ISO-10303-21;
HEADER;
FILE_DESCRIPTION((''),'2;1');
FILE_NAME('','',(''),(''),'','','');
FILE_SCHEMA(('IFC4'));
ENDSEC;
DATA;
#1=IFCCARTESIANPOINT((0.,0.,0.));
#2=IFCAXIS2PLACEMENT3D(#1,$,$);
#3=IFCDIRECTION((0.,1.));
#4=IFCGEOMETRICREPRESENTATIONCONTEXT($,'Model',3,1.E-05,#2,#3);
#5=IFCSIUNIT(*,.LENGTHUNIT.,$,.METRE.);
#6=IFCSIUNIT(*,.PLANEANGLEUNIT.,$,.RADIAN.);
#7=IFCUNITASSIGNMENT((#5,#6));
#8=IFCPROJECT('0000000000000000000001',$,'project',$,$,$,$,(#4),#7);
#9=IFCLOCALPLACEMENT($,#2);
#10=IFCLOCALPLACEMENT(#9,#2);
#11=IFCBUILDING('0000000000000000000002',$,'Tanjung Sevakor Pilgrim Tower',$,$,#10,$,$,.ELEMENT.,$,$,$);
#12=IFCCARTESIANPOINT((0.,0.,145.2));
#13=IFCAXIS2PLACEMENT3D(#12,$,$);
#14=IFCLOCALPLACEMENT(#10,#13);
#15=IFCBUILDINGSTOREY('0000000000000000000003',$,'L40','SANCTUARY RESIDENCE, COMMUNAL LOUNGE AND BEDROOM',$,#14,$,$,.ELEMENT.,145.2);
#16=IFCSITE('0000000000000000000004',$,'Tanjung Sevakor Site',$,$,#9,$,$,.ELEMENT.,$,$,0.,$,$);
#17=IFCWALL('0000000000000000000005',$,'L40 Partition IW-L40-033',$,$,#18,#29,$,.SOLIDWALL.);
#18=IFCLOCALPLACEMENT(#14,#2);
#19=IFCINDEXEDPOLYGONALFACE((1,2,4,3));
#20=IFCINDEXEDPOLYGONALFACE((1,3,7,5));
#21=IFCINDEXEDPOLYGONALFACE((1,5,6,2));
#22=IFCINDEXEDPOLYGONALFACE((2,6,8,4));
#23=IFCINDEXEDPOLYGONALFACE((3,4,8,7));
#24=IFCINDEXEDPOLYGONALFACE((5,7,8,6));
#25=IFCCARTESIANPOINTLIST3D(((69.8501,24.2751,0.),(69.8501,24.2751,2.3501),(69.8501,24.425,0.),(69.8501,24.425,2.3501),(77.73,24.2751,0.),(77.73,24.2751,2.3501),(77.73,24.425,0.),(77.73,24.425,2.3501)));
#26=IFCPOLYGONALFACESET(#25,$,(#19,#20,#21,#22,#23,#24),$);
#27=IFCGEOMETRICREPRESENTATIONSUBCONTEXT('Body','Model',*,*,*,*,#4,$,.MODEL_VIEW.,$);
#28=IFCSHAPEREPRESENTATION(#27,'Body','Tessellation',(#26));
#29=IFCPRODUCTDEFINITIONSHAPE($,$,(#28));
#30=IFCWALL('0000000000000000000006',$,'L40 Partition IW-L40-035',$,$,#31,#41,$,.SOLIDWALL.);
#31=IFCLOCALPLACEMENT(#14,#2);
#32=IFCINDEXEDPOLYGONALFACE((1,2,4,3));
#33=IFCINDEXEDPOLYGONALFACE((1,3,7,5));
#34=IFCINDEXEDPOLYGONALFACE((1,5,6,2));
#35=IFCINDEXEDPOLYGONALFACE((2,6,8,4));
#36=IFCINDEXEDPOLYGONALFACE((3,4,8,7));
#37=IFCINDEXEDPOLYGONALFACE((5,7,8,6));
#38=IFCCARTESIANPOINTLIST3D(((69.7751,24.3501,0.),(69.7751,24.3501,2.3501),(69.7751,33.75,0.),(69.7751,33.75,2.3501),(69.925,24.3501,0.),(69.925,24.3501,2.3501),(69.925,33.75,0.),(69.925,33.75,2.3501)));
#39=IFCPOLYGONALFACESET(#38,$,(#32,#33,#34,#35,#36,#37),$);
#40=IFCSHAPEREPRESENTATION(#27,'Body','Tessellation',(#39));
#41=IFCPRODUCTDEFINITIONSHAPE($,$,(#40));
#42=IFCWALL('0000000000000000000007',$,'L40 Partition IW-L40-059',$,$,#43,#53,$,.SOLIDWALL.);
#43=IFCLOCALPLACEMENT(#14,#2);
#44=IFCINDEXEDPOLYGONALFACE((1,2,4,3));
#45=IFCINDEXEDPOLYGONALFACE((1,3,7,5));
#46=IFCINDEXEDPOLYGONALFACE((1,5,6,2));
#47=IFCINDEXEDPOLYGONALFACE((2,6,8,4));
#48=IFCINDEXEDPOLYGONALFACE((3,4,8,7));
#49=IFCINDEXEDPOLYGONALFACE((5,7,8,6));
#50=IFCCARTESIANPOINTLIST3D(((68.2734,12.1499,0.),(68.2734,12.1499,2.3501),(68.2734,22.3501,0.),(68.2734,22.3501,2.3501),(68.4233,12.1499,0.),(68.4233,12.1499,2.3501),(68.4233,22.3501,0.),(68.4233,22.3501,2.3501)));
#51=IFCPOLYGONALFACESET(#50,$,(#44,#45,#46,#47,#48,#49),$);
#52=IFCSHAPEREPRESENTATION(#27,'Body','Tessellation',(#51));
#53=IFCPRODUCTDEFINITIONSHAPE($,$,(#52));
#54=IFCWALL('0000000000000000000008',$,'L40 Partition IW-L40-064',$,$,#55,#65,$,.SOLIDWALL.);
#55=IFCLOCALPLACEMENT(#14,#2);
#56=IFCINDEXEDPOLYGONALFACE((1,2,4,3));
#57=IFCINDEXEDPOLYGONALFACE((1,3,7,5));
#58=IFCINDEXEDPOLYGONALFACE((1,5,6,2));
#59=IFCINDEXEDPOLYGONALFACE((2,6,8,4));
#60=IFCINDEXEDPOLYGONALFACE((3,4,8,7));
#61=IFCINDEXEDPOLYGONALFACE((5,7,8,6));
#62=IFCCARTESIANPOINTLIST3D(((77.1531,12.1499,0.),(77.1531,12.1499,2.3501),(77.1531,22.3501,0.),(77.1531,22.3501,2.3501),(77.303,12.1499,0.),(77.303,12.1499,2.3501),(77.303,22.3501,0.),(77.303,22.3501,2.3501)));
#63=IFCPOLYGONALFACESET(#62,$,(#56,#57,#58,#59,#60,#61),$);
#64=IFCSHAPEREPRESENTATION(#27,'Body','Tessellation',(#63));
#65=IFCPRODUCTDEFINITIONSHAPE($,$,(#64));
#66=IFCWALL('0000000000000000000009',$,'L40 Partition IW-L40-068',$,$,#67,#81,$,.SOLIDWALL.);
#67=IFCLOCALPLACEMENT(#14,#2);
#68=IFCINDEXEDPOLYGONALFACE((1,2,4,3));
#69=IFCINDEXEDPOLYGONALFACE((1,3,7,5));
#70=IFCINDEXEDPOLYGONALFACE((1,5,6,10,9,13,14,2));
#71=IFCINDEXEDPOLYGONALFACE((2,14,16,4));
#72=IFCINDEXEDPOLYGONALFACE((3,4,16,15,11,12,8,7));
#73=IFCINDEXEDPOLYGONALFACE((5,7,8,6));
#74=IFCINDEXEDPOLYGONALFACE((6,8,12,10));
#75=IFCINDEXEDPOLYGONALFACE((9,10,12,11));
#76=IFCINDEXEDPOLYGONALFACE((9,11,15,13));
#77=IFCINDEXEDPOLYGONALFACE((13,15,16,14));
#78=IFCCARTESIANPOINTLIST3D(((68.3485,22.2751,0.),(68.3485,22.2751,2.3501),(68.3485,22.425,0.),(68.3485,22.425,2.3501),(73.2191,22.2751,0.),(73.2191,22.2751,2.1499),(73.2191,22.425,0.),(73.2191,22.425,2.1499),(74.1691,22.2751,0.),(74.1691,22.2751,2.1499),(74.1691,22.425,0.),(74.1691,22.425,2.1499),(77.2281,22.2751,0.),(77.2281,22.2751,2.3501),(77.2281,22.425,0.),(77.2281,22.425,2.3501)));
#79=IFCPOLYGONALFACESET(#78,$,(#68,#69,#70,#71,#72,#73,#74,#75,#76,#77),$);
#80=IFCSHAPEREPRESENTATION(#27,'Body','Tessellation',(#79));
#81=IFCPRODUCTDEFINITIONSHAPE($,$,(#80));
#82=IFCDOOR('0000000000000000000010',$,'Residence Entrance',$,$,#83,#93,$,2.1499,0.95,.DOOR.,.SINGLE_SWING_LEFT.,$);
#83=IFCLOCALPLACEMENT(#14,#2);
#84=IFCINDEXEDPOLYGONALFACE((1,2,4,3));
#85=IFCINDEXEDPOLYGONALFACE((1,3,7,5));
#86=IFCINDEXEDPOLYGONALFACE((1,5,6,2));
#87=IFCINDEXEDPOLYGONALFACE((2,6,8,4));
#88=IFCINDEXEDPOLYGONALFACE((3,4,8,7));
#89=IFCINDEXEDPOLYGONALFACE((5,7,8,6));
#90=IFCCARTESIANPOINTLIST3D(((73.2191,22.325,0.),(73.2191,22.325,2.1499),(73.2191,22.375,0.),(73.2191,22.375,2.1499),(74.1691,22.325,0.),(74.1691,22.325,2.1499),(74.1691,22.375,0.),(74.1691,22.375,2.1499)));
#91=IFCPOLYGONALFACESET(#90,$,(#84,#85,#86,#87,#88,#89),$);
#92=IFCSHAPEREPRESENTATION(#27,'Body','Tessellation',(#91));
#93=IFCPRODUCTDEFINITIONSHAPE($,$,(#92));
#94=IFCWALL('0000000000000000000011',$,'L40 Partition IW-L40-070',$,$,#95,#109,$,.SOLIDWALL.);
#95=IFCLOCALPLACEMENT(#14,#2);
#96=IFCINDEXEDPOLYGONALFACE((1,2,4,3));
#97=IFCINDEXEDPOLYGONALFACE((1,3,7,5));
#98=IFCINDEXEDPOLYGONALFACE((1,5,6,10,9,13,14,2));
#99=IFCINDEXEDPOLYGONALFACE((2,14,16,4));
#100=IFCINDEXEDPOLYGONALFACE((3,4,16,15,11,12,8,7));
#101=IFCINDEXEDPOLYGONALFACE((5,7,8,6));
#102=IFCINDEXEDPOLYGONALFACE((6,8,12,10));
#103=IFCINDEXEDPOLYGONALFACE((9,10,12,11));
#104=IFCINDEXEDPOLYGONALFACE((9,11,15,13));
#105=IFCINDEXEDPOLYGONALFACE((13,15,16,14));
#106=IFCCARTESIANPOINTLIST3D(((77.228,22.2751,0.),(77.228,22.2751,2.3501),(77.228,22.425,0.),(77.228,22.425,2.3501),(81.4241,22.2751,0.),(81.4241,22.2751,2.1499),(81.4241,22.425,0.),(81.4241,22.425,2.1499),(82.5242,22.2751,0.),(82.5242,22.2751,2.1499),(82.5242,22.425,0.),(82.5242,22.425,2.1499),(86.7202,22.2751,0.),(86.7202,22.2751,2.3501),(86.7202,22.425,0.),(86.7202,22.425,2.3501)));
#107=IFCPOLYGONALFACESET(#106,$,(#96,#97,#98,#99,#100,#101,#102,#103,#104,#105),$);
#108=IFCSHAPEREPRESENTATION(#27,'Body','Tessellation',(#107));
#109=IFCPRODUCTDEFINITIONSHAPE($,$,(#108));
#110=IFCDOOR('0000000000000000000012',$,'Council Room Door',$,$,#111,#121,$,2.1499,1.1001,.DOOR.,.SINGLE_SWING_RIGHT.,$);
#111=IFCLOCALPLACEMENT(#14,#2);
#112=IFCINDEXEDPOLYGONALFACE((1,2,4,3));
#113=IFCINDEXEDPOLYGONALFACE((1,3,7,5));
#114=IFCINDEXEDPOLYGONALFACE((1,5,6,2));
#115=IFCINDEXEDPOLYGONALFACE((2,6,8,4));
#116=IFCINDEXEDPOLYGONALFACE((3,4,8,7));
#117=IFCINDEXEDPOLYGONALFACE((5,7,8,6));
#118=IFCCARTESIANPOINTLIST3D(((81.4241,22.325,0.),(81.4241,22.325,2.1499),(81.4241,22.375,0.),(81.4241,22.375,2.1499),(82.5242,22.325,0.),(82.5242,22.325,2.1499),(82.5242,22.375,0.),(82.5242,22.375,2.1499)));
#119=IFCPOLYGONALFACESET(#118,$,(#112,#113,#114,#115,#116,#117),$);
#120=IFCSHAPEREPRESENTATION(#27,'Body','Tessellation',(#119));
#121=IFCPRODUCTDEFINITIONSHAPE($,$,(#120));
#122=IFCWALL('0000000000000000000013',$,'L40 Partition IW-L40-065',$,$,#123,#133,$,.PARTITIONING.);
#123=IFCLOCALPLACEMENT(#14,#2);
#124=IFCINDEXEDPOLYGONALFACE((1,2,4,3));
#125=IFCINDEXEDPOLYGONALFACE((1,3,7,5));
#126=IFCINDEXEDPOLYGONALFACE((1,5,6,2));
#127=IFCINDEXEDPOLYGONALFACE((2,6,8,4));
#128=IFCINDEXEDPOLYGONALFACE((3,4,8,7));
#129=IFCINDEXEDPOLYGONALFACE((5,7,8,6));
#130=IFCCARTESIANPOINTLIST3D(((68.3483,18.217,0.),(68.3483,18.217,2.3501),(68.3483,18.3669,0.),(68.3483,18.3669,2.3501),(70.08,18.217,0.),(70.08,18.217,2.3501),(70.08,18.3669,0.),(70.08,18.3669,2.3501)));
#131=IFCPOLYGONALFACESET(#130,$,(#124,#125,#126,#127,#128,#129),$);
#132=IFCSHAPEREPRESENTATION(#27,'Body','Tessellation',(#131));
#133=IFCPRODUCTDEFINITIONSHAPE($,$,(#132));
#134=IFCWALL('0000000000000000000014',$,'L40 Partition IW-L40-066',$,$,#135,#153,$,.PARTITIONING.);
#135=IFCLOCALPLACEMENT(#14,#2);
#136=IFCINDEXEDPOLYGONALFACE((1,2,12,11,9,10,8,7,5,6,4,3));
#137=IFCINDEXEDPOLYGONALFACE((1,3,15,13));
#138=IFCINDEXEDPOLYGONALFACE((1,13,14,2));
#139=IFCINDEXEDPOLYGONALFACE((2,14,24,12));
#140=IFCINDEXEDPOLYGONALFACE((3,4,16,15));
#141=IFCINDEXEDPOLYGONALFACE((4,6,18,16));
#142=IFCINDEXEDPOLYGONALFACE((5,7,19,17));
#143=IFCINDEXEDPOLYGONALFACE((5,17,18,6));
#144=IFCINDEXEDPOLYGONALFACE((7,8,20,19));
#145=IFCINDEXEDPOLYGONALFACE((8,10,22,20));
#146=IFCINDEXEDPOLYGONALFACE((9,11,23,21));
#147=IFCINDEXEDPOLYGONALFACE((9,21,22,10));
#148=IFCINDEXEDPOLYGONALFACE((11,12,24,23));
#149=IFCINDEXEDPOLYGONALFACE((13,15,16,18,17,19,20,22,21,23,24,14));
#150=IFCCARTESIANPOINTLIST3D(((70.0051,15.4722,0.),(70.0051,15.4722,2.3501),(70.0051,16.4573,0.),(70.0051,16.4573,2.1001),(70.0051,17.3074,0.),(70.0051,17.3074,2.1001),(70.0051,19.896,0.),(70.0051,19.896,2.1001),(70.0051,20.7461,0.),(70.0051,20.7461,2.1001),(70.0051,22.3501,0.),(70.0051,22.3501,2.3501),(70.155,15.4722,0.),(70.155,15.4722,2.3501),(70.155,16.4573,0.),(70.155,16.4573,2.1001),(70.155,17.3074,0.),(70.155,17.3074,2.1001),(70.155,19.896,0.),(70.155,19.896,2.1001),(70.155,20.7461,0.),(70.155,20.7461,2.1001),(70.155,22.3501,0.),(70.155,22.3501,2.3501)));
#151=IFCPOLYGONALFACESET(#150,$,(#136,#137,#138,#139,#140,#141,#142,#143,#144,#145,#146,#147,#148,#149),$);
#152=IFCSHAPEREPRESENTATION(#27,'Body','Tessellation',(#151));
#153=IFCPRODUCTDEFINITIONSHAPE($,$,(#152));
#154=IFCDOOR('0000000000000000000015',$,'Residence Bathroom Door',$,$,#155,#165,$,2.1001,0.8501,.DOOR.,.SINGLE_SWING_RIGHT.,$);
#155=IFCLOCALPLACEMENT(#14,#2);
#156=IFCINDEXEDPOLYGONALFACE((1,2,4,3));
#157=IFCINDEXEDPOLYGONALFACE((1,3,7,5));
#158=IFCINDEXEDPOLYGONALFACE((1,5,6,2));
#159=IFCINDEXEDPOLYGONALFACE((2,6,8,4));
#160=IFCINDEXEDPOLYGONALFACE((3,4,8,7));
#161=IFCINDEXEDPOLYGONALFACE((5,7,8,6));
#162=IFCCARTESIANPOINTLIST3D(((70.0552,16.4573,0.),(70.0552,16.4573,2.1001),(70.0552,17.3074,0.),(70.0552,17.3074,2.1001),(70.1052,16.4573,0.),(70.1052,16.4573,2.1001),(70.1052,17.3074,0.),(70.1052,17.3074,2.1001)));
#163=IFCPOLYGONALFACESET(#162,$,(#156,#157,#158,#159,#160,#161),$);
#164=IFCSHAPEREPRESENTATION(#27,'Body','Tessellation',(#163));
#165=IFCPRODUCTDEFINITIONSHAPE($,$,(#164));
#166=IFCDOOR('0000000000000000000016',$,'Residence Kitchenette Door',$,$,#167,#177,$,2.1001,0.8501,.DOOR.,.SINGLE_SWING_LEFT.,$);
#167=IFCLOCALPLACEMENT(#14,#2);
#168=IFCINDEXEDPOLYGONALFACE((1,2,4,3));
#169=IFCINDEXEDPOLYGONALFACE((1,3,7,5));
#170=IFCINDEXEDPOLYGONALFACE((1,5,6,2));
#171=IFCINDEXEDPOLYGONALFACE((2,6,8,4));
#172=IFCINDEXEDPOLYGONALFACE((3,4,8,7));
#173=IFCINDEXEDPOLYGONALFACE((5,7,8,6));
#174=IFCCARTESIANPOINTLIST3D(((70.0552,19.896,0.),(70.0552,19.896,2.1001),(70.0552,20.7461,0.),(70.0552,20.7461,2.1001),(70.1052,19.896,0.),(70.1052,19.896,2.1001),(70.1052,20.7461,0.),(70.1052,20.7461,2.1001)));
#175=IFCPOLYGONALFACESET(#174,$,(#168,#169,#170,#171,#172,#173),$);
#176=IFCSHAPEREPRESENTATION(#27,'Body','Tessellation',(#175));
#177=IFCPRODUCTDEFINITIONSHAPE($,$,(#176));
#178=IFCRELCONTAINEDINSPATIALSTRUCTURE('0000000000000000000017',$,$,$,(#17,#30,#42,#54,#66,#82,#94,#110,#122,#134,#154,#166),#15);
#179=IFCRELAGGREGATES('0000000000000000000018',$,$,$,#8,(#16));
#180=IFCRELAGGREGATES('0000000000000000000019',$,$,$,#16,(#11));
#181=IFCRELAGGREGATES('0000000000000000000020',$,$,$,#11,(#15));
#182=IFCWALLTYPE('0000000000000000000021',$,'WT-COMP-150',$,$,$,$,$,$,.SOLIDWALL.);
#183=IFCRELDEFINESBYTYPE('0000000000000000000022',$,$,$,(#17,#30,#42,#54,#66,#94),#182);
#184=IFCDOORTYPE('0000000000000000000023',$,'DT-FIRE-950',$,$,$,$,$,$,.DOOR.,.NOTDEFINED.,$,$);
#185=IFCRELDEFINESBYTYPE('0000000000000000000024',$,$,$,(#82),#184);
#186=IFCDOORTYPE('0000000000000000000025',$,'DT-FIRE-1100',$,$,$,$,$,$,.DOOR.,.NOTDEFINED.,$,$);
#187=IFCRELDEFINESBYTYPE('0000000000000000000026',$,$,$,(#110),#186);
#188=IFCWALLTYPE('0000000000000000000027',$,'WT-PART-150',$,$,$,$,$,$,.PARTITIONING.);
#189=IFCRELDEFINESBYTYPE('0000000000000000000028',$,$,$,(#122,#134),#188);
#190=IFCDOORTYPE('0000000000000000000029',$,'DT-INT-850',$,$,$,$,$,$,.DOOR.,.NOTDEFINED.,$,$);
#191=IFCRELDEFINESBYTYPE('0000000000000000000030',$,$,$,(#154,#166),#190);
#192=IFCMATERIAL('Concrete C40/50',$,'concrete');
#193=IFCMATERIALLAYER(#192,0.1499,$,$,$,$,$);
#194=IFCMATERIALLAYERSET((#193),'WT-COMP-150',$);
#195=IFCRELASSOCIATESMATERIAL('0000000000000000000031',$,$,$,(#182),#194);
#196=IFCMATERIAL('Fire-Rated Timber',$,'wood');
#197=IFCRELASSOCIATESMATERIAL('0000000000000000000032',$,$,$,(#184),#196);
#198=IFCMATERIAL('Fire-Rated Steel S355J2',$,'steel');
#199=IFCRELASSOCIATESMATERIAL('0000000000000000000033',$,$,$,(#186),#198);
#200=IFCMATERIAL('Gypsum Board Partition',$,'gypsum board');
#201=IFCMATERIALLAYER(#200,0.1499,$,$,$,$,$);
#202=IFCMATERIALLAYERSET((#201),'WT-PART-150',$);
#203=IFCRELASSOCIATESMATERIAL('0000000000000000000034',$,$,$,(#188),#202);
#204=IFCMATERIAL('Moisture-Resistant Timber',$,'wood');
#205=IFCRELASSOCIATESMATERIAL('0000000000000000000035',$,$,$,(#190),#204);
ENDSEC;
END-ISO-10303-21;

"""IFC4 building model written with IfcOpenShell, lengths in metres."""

from ifc_helpers import new_model, si_unit, direction, frame, frame_2d, origin, place, context, subcontext, project, spatial, rectangle, extrude, material, layer, layer_set, type_object, element, fill, save


model = new_model("IFC4")

# Units and contexts
model_context = context("Model", 3, precision=1e-05, world=origin(), true_north=direction((0.0, 1.0)))
body_context = subcontext(model_context, "Body", "Model", "MODEL_VIEW")
ifc_project = project(units=[si_unit("LENGTHUNIT", "METRE"), si_unit("PLANEANGLEUNIT", "RADIAN")], contexts=[model_context])

# Site, building, storey
site_placement = place(None, origin())
site = spatial("IfcSite", under=ifc_project, at=site_placement, Name="Tanjung Sevakor Site", CompositionType="ELEMENT", RefElevation=0.0)
building_placement = place(site_placement, origin())
building = spatial("IfcBuilding", under=site, at=building_placement, Name="Tanjung Sevakor Pilgrim Tower", CompositionType="ELEMENT")
storey_placement = place(building_placement, frame((0.0, 0.0, 145.2)))
storey = spatial("IfcBuildingStorey", under=building, at=storey_placement, Name="L40", Description="SANCTUARY RESIDENCE, COMMUNAL LOUNGE AND BEDROOM", CompositionType="ELEMENT", Elevation=145.2)

# Walls
ifc_material_1 = material(Name="Concrete C40/50", Category="concrete")
ifc_layer_1 = layer(ifc_material_1, 0.1499)
ifc_layer_set_1 = layer_set([ifc_layer_1], Name="WT-COMP-150")
wall_type_1 = type_object("IfcWallType", Name="WT-COMP-150", PredefinedType="SOLIDWALL", material=ifc_layer_set_1)
wall_1_placement = place(storey_placement, frame((69.8501, 24.3501, 0.0), z_axis=(0.0, 0.0, 1.0), x_axis=(1.0, 0.0, 0.0)))
element("IfcWall", 1, at=wall_1_placement, inside=storey, type_object=wall_type_1, Name="L40 Partition IW-L40-033", PredefinedType="SOLIDWALL", context=body_context, shape_type="SweptSolid", body=[
    extrude(rectangle(XDim=7.8799, YDim=0.1499, at=frame_2d((3.9399, 0.0))), origin(), (0.0, 0.0, 1.0), 2.3501),
])
wall_2_placement = place(storey_placement, frame((69.8501, 24.3501, 0.0), z_axis=(0.0, 0.0, 1.0), x_axis=(0.0, 1.0, 0.0)))
element("IfcWall", 2, at=wall_2_placement, inside=storey, type_object=wall_type_1, Name="L40 Partition IW-L40-035", PredefinedType="SOLIDWALL", context=body_context, shape_type="SweptSolid", body=[
    extrude(rectangle(XDim=9.3999, YDim=0.1499, at=frame_2d((4.7, 0.0))), origin(), (0.0, 0.0, 1.0), 2.3501),
])
for number, where, z_axis, x_axis, name in (
    (3, (68.3484, 12.1499, 0.0), (0.0, 0.0, 1.0), (0.0, 1.0, 0.0), "L40 Partition IW-L40-059"),
    (4, (77.228, 12.1499, 0.0), (0.0, 0.0, 1.0), (0.0, 1.0, 0.0), "L40 Partition IW-L40-064"),
):
    element("IfcWall", number, at=place(storey_placement, frame(where, z_axis=z_axis, x_axis=x_axis)), inside=storey, type_object=wall_type_1, Name=name, PredefinedType="SOLIDWALL", context=body_context, shape_type="SweptSolid", body=[
        extrude(rectangle(XDim=10.2002, YDim=0.1499, at=frame_2d((5.1001, 0.0))), origin(), (0.0, 0.0, 1.0), 2.3501),
    ])

# Walls, openings, doors
wall_3_placement = place(storey_placement, frame((68.3484, 22.3501, 0.0), z_axis=(0.0, 0.0, 1.0), x_axis=(1.0, 0.0, 0.0)))
wall_3 = element("IfcWall", 5, at=wall_3_placement, inside=storey, type_object=wall_type_1, Name="L40 Partition IW-L40-068", PredefinedType="SOLIDWALL", context=body_context, shape_type="SweptSolid", body=[
    extrude(rectangle(XDim=8.8796, YDim=0.1499, at=frame_2d((4.4399, 0.0))), origin(), (0.0, 0.0, 1.0), 2.3501),
])
opening_1_placement = place(wall_3_placement, frame((4.8706, 0.0, 0.0)))
opening_1 = element("IfcOpeningElement", 6, at=opening_1_placement, cuts=wall_3, PredefinedType="OPENING", context=body_context, shape_type="SweptSolid", body=[
    extrude(rectangle(XDim=0.95, YDim=2.1499, at=frame_2d((0.4751, 1.075))), frame((0.0, 0.085, 0.0), z_axis=(0.0, -1.0, 0.0), x_axis=(1.0, 0.0, 0.0)), (0.0, 0.0, 1.0), 0.1699),
])
ifc_material_2 = material(Name="Fire-Rated Timber", Category="wood")
door_type_1 = type_object("IfcDoorType", Name="DT-FIRE-950", OperationType="NOTDEFINED", PredefinedType="DOOR", material=ifc_material_2)
door_1_placement = place(opening_1_placement, origin())
door_1 = element("IfcDoor", 7, at=door_1_placement, inside=storey, type_object=door_type_1, Name="Residence Entrance", OperationType="SINGLE_SWING_LEFT", OverallHeight=2.1499, OverallWidth=0.95, PredefinedType="DOOR", context=body_context, shape_type="SweptSolid", body=[
    extrude(rectangle(XDim=0.95, YDim=2.1499, at=frame_2d((0.4751, 1.075))), frame((0.0, 0.0249, 0.0), z_axis=(0.0, -1.0, 0.0), x_axis=(1.0, 0.0, 0.0)), (0.0, 0.0, 1.0), 0.05),
])
fill(opening_1, door_1)
wall_4_placement = place(storey_placement, frame((77.228, 22.3501, 0.0), z_axis=(0.0, 0.0, 1.0), x_axis=(1.0, 0.0, 0.0)))
wall_4 = element("IfcWall", 8, at=wall_4_placement, inside=storey, type_object=wall_type_1, Name="L40 Partition IW-L40-070", PredefinedType="SOLIDWALL", context=body_context, shape_type="SweptSolid", body=[
    extrude(rectangle(XDim=9.4922, YDim=0.1499, at=frame_2d((4.7461, 0.0))), origin(), (0.0, 0.0, 1.0), 2.3501),
])
opening_2_placement = place(wall_4_placement, frame((4.196, 0.0, 0.0)))
opening_2 = element("IfcOpeningElement", 9, at=opening_2_placement, cuts=wall_4, PredefinedType="OPENING", context=body_context, shape_type="SweptSolid", body=[
    extrude(rectangle(XDim=1.1001, YDim=2.1499, at=frame_2d((0.55, 1.075))), frame((0.0, 0.085, 0.0), z_axis=(0.0, -1.0, 0.0), x_axis=(1.0, 0.0, 0.0)), (0.0, 0.0, 1.0), 0.1699),
])
ifc_material_3 = material(Name="Fire-Rated Steel S355J2", Category="steel")
door_type_2 = type_object("IfcDoorType", Name="DT-FIRE-1100", OperationType="NOTDEFINED", PredefinedType="DOOR", material=ifc_material_3)
door_2_placement = place(opening_2_placement, origin())
door_2 = element("IfcDoor", 10, at=door_2_placement, inside=storey, type_object=door_type_2, Name="Council Room Door", OperationType="SINGLE_SWING_RIGHT", OverallHeight=2.1499, OverallWidth=1.1001, PredefinedType="DOOR", context=body_context, shape_type="SweptSolid", body=[
    extrude(rectangle(XDim=1.1001, YDim=2.1499, at=frame_2d((0.55, 1.075))), frame((0.0, 0.0249, 0.0), z_axis=(0.0, -1.0, 0.0), x_axis=(1.0, 0.0, 0.0)), (0.0, 0.0, 1.0), 0.05),
])
fill(opening_2, door_2)

# Wall
ifc_material_4 = material(Name="Gypsum Board Partition", Category="gypsum board")
ifc_layer_2 = layer(ifc_material_4, 0.1499)
ifc_layer_set_2 = layer_set([ifc_layer_2], Name="WT-PART-150")
wall_type_2 = type_object("IfcWallType", Name="WT-PART-150", PredefinedType="PARTITIONING", material=ifc_layer_set_2)
wall_5_placement = place(storey_placement, frame((68.3484, 18.292, 0.0), z_axis=(0.0, 0.0, 1.0), x_axis=(1.0, 0.0, 0.0)))
element("IfcWall", 11, at=wall_5_placement, inside=storey, type_object=wall_type_2, Name="L40 Partition IW-L40-065", PredefinedType="PARTITIONING", context=body_context, shape_type="SweptSolid", body=[
    extrude(rectangle(XDim=1.7317, YDim=0.1499, at=frame_2d((0.8657, 0.0))), origin(), (0.0, 0.0, 1.0), 2.3501),
])

# Wall, openings, doors
wall_6_placement = place(storey_placement, frame((70.0801, 15.4722, 0.0), z_axis=(0.0, 0.0, 1.0), x_axis=(0.0, 1.0, 0.0)))
wall_6 = element("IfcWall", 12, at=wall_6_placement, inside=storey, type_object=wall_type_2, Name="L40 Partition IW-L40-066", PredefinedType="PARTITIONING", context=body_context, shape_type="SweptSolid", body=[
    extrude(rectangle(XDim=6.8779, YDim=0.1499, at=frame_2d((3.439, 0.0))), origin(), (0.0, 0.0, 1.0), 2.3501),
])
opening_3_placement = place(wall_6_placement, frame((0.9851, 0.0, 0.0)))
opening_3 = element("IfcOpeningElement", 13, at=opening_3_placement, cuts=wall_6, PredefinedType="OPENING", context=body_context, shape_type="SweptSolid", body=[
    extrude(rectangle(XDim=0.8501, YDim=2.1001, at=frame_2d((0.425, 1.05))), frame((0.0, 0.085, 0.0), z_axis=(0.0, -1.0, 0.0), x_axis=(1.0, 0.0, 0.0)), (0.0, 0.0, 1.0), 0.1699),
])
opening_4_placement = place(wall_6_placement, frame((4.4238, 0.0, 0.0)))
opening_4 = element("IfcOpeningElement", 14, at=opening_4_placement, cuts=wall_6, PredefinedType="OPENING", context=body_context, shape_type="SweptSolid", body=[
    extrude(rectangle(XDim=0.8501, YDim=2.1001, at=frame_2d((0.425, 1.05))), frame((0.0, 0.085, 0.0), z_axis=(0.0, -1.0, 0.0), x_axis=(1.0, 0.0, 0.0)), (0.0, 0.0, 1.0), 0.1699),
])
ifc_material_5 = material(Name="Moisture-Resistant Timber", Category="wood")
door_type_3 = type_object("IfcDoorType", Name="DT-INT-850", OperationType="NOTDEFINED", PredefinedType="DOOR", material=ifc_material_5)
door_3_placement = place(opening_3_placement, origin())
door_3 = element("IfcDoor", 15, at=door_3_placement, inside=storey, type_object=door_type_3, Name="Residence Bathroom Door", OperationType="SINGLE_SWING_RIGHT", OverallHeight=2.1001, OverallWidth=0.8501, PredefinedType="DOOR", context=body_context, shape_type="SweptSolid", body=[
    extrude(rectangle(XDim=0.8501, YDim=2.1001, at=frame_2d((0.425, 1.05))), frame((0.0, 0.0249, 0.0), z_axis=(0.0, -1.0, 0.0), x_axis=(1.0, 0.0, 0.0)), (0.0, 0.0, 1.0), 0.05),
])
fill(opening_3, door_3)
door_4_placement = place(opening_4_placement, origin())
door_4 = element("IfcDoor", 16, at=door_4_placement, inside=storey, type_object=door_type_3, Name="Residence Kitchenette Door", OperationType="SINGLE_SWING_LEFT", OverallHeight=2.1001, OverallWidth=0.8501, PredefinedType="DOOR", context=body_context, shape_type="SweptSolid", body=[
    extrude(rectangle(XDim=0.8501, YDim=2.1001, at=frame_2d((0.425, 1.05))), frame((0.0, 0.0249, 0.0), z_axis=(0.0, -1.0, 0.0), x_axis=(1.0, 0.0, 0.0)), (0.0, 0.0, 1.0), 0.05),
])
fill(opening_4, door_4)

save(model, "model.ifc")
